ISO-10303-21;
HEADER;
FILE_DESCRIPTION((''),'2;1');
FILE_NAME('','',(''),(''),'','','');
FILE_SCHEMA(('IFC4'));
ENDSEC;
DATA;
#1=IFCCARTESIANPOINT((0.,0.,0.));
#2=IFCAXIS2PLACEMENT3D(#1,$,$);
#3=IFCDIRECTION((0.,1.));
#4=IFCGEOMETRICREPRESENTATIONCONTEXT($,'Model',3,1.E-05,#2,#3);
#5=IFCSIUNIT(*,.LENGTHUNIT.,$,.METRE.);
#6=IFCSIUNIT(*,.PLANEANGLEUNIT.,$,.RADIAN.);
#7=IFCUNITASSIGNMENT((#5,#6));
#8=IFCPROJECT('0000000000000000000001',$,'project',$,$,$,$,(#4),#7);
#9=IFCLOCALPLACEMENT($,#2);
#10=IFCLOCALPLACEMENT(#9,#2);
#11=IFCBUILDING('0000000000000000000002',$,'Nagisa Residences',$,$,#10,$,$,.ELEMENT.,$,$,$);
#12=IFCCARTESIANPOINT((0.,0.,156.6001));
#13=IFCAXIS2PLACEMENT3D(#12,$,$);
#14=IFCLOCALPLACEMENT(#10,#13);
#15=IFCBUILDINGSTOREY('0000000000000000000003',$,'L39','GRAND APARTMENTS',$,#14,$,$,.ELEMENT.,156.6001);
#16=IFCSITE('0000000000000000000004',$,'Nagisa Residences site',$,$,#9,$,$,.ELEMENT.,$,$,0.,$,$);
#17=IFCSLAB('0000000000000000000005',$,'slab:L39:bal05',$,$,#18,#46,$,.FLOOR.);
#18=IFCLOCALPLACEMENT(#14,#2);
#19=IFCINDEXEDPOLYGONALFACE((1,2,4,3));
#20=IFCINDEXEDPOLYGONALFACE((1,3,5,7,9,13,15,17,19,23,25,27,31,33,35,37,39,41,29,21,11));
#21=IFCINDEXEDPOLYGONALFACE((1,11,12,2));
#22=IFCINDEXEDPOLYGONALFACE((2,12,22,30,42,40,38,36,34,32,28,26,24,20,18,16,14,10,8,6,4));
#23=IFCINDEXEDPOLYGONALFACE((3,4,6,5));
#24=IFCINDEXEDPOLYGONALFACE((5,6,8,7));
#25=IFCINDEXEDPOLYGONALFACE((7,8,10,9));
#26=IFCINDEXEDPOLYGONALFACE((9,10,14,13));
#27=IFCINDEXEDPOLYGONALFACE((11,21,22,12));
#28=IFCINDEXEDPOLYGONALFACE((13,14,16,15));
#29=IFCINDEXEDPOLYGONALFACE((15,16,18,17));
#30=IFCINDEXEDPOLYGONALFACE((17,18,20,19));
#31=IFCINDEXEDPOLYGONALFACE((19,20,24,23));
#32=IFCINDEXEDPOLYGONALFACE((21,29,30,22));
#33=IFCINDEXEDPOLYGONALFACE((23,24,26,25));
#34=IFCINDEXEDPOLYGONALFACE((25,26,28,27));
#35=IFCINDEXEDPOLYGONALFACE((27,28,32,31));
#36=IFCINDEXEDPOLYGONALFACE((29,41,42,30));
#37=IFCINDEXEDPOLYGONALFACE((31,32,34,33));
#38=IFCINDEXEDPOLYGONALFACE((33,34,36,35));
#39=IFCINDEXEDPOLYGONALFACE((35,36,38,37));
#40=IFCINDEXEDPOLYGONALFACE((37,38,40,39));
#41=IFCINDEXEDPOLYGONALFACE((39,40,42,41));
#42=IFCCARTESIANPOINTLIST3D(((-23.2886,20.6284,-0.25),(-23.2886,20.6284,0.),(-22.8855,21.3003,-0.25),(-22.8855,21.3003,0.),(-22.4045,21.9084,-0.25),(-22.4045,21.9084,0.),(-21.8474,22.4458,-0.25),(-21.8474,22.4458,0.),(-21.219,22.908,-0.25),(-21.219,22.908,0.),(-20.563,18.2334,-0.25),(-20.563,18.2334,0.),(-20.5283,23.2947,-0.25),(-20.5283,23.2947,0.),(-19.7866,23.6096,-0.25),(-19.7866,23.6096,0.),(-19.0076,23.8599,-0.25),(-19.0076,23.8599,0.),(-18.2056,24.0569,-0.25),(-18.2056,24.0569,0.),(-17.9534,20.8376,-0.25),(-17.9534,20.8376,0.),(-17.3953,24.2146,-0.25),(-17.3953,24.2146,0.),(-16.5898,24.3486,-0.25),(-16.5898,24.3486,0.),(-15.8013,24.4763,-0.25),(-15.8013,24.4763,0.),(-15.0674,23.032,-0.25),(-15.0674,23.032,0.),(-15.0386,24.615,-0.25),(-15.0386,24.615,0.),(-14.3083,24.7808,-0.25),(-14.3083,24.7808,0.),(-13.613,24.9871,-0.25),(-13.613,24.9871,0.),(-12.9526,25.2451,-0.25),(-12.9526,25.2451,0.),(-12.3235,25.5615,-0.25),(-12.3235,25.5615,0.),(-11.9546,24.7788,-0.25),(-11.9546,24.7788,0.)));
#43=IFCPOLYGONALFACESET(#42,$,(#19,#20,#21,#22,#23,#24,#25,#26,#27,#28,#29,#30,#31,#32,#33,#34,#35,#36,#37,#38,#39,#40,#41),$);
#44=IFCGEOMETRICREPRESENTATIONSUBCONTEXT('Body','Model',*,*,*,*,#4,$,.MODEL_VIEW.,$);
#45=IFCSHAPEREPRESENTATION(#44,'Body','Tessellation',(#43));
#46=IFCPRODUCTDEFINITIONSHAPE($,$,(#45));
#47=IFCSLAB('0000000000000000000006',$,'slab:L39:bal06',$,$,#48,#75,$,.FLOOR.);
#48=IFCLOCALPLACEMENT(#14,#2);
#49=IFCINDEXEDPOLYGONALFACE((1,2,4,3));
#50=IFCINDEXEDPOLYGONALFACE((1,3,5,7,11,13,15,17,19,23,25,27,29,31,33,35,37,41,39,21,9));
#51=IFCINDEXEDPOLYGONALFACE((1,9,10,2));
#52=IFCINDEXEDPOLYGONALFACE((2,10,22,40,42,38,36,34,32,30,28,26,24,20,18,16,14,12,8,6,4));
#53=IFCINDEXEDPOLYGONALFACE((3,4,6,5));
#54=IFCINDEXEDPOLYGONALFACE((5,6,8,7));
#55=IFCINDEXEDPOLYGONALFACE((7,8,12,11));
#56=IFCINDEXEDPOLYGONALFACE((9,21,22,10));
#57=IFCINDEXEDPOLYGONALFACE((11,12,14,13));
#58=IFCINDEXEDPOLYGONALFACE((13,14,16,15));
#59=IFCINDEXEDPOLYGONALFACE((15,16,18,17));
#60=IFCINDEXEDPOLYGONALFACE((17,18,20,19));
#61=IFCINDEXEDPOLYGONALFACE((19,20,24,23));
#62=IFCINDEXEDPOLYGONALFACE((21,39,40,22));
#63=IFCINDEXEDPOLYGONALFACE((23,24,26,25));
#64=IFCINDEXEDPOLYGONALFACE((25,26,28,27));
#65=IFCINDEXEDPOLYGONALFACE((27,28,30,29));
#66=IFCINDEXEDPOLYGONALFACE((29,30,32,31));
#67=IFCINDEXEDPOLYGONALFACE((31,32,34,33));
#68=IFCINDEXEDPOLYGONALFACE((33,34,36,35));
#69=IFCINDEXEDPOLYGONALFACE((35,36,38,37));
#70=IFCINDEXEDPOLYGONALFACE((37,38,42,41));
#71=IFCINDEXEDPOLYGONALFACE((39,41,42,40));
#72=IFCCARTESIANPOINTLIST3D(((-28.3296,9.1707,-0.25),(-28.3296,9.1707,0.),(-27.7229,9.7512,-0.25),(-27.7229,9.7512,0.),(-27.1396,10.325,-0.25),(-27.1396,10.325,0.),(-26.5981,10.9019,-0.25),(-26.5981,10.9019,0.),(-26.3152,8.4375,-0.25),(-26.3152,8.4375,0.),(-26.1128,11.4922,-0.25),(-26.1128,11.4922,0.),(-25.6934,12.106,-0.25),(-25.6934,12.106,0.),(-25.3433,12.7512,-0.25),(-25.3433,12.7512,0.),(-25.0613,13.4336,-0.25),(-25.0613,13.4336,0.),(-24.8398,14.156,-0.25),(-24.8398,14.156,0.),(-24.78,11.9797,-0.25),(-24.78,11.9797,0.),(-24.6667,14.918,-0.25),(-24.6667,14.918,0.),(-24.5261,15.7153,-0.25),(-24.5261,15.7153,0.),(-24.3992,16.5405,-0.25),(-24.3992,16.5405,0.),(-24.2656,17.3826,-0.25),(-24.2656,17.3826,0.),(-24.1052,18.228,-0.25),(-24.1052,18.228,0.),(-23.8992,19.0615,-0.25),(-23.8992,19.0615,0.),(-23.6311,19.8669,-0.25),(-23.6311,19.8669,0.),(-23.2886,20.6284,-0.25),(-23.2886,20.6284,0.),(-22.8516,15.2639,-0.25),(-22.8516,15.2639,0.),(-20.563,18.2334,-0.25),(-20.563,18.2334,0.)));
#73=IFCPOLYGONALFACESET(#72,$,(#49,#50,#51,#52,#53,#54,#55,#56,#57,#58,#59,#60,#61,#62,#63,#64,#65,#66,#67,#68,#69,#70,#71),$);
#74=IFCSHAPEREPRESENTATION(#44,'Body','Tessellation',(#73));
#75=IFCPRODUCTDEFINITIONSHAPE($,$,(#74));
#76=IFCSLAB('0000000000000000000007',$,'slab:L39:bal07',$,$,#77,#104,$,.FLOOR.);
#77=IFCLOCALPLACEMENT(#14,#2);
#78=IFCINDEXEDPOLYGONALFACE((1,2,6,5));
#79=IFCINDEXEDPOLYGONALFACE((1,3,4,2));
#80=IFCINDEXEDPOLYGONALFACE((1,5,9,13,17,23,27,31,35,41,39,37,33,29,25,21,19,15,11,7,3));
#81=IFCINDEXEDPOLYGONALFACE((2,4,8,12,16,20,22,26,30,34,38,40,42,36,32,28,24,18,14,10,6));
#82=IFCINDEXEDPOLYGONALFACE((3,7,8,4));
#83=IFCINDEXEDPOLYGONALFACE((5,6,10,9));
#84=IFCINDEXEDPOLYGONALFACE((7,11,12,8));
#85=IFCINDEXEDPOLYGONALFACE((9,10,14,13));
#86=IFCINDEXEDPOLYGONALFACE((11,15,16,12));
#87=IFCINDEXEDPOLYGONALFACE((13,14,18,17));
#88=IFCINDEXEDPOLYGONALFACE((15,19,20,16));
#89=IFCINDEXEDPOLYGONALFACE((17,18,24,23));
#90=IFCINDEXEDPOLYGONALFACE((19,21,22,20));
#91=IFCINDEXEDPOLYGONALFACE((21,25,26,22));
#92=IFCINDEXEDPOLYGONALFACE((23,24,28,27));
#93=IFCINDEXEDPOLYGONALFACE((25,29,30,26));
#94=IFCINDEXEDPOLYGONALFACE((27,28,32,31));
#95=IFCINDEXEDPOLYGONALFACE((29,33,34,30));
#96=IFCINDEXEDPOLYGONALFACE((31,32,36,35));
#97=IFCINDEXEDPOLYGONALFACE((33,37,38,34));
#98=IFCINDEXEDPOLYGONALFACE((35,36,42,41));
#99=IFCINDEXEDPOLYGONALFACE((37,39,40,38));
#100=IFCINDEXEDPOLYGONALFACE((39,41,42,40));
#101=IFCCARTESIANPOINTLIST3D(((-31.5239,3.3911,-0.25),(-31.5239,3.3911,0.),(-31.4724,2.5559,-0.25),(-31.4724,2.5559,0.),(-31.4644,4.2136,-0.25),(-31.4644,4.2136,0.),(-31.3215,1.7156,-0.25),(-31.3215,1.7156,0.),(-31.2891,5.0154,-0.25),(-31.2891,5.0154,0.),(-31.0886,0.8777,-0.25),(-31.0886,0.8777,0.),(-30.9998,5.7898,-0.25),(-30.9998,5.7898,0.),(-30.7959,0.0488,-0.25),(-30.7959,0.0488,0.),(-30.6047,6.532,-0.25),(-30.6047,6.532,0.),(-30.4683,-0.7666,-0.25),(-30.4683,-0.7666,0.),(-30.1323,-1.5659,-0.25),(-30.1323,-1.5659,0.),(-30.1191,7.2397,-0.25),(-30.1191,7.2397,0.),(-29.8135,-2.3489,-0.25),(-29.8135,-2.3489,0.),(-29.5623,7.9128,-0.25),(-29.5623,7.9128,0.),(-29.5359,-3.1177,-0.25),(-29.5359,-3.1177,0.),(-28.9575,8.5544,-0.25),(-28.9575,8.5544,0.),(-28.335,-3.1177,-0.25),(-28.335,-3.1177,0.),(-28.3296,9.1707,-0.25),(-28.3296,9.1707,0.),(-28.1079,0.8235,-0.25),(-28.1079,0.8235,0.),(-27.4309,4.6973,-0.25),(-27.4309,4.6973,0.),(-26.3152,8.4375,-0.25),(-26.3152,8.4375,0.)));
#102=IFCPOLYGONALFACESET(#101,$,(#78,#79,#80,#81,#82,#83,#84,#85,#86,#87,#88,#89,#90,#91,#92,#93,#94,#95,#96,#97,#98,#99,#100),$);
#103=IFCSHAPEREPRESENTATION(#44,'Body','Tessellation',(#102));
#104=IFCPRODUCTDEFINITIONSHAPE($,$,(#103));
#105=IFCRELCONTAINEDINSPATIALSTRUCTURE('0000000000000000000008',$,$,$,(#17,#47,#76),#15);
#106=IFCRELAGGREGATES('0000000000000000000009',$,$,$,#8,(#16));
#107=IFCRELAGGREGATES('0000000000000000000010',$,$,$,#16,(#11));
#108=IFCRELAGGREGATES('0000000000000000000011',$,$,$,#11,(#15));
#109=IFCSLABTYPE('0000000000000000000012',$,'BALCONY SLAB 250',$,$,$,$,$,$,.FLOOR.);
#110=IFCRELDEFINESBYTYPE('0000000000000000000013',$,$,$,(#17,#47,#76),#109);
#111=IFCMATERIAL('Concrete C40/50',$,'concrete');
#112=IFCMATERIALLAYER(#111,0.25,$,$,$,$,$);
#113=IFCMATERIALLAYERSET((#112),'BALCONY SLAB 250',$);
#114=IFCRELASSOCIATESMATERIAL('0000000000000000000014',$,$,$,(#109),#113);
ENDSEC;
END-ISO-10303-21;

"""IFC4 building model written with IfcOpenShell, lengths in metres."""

from ifc_helpers import new_model, si_unit, direction, frame, origin, place, context, subcontext, project, spatial, polyline, outline, extrude, material, layer, layer_set, type_object, element, save


model = new_model("IFC4")

# Units and contexts
model_context = context("Model", 3, precision=1e-05, world=origin(), true_north=direction((0.0, 1.0)))
body_context = subcontext(model_context, "Body", "Model", "MODEL_VIEW")
ifc_project = project(units=[si_unit("LENGTHUNIT", "METRE"), si_unit("PLANEANGLEUNIT", "RADIAN")], contexts=[model_context])

# Site, building, storey
site_placement = place(None, origin())
site = spatial("IfcSite", under=ifc_project, at=site_placement, Name="Nagisa Residences site", CompositionType="ELEMENT", RefElevation=0.0)
building_placement = place(site_placement, origin())
building = spatial("IfcBuilding", under=site, at=building_placement, Name="Nagisa Residences", CompositionType="ELEMENT")
storey_placement = place(building_placement, frame((0.0, 0.0, 156.6001)))
storey = spatial("IfcBuildingStorey", under=building, at=storey_placement, Name="L39", Description="GRAND APARTMENTS", CompositionType="ELEMENT", Elevation=156.6001)

# Slabs
ifc_material_1 = material(Name="Concrete C40/50", Category="concrete")
ifc_layer_1 = layer(ifc_material_1, 0.25)
ifc_layer_set_1 = layer_set([ifc_layer_1], Name="BALCONY SLAB 250")
slab_type_1 = type_object("IfcSlabType", Name="BALCONY SLAB 250", PredefinedType="FLOOR", material=ifc_layer_set_1)
slab_1_placement = place(storey_placement, frame((0.0, 0.0, -0.25)))
element("IfcSlab", 1, at=slab_1_placement, inside=storey, type_object=slab_type_1, Name="slab:L39:bal05", PredefinedType="FLOOR", context=body_context, shape_type="SweptSolid", body=[
    extrude(outline(polyline([(-12.3235, 25.5615), (-12.9526, 25.2451), (-13.613, 24.9871), (-14.3083, 24.7808), (-15.0386, 24.615), (-15.8013, 24.4763), (-16.5898, 24.3486), (-17.3953, 24.2146), (-18.2056, 24.0569), (-19.0076, 23.8599), (-19.7866, 23.6096), (-20.5283, 23.2947), (-21.219, 22.908), (-21.8474, 22.4458), (-22.4045, 21.9084), (-22.8855, 21.3003), (-23.2886, 20.6284), (-20.563, 18.2334), (-17.9534, 20.8376), (-15.0674, 23.032), (-11.9546, 24.7788), (-12.3235, 25.5615)])), origin(), (0.0, 0.0, 1.0), 0.25),
])
slab_2_placement = place(storey_placement, frame((0.0, 0.0, -0.25)))
element("IfcSlab", 2, at=slab_2_placement, inside=storey, type_object=slab_type_1, Name="slab:L39:bal06", PredefinedType="FLOOR", context=body_context, shape_type="SweptSolid", body=[
    extrude(outline(polyline([(-23.2886, 20.6284), (-23.6311, 19.8669), (-23.8992, 19.0615), (-24.1052, 18.228), (-24.2656, 17.3826), (-24.3992, 16.5405), (-24.5261, 15.7153), (-24.6667, 14.918), (-24.8398, 14.156), (-25.0613, 13.4336), (-25.3433, 12.7512), (-25.6934, 12.106), (-26.1128, 11.4922), (-26.5981, 10.9019), (-27.1396, 10.325), (-27.7229, 9.7512), (-28.3296, 9.1707), (-26.3152, 8.4375), (-24.78, 11.9797), (-22.8516, 15.2639), (-20.563, 18.2334), (-23.2886, 20.6284)])), origin(), (0.0, 0.0, 1.0), 0.25),
])
slab_3_placement = place(storey_placement, frame((0.0, 0.0, -0.25)))
element("IfcSlab", 3, at=slab_3_placement, inside=storey, type_object=slab_type_1, Name="slab:L39:bal07", PredefinedType="FLOOR", context=body_context, shape_type="SweptSolid", body=[
    extrude(outline(polyline([(-28.3296, 9.1707), (-28.9575, 8.5544), (-29.5623, 7.9128), (-30.1191, 7.2397), (-30.6047, 6.532), (-30.9998, 5.7898), (-31.2891, 5.0154), (-31.4644, 4.2136), (-31.5239, 3.3911), (-31.4724, 2.5559), (-31.3215, 1.7156), (-31.0886, 0.8777), (-30.7959, 0.0488), (-30.4683, -0.7666), (-30.1323, -1.5659), (-29.8135, -2.3489), (-29.5359, -3.1177), (-28.335, -3.1177), (-28.1079, 0.8235), (-27.4309, 4.6973), (-26.3152, 8.4375), (-28.3296, 9.1707)])), origin(), (0.0, 0.0, 1.0), 0.25),
])

save(model, "model.ifc")
